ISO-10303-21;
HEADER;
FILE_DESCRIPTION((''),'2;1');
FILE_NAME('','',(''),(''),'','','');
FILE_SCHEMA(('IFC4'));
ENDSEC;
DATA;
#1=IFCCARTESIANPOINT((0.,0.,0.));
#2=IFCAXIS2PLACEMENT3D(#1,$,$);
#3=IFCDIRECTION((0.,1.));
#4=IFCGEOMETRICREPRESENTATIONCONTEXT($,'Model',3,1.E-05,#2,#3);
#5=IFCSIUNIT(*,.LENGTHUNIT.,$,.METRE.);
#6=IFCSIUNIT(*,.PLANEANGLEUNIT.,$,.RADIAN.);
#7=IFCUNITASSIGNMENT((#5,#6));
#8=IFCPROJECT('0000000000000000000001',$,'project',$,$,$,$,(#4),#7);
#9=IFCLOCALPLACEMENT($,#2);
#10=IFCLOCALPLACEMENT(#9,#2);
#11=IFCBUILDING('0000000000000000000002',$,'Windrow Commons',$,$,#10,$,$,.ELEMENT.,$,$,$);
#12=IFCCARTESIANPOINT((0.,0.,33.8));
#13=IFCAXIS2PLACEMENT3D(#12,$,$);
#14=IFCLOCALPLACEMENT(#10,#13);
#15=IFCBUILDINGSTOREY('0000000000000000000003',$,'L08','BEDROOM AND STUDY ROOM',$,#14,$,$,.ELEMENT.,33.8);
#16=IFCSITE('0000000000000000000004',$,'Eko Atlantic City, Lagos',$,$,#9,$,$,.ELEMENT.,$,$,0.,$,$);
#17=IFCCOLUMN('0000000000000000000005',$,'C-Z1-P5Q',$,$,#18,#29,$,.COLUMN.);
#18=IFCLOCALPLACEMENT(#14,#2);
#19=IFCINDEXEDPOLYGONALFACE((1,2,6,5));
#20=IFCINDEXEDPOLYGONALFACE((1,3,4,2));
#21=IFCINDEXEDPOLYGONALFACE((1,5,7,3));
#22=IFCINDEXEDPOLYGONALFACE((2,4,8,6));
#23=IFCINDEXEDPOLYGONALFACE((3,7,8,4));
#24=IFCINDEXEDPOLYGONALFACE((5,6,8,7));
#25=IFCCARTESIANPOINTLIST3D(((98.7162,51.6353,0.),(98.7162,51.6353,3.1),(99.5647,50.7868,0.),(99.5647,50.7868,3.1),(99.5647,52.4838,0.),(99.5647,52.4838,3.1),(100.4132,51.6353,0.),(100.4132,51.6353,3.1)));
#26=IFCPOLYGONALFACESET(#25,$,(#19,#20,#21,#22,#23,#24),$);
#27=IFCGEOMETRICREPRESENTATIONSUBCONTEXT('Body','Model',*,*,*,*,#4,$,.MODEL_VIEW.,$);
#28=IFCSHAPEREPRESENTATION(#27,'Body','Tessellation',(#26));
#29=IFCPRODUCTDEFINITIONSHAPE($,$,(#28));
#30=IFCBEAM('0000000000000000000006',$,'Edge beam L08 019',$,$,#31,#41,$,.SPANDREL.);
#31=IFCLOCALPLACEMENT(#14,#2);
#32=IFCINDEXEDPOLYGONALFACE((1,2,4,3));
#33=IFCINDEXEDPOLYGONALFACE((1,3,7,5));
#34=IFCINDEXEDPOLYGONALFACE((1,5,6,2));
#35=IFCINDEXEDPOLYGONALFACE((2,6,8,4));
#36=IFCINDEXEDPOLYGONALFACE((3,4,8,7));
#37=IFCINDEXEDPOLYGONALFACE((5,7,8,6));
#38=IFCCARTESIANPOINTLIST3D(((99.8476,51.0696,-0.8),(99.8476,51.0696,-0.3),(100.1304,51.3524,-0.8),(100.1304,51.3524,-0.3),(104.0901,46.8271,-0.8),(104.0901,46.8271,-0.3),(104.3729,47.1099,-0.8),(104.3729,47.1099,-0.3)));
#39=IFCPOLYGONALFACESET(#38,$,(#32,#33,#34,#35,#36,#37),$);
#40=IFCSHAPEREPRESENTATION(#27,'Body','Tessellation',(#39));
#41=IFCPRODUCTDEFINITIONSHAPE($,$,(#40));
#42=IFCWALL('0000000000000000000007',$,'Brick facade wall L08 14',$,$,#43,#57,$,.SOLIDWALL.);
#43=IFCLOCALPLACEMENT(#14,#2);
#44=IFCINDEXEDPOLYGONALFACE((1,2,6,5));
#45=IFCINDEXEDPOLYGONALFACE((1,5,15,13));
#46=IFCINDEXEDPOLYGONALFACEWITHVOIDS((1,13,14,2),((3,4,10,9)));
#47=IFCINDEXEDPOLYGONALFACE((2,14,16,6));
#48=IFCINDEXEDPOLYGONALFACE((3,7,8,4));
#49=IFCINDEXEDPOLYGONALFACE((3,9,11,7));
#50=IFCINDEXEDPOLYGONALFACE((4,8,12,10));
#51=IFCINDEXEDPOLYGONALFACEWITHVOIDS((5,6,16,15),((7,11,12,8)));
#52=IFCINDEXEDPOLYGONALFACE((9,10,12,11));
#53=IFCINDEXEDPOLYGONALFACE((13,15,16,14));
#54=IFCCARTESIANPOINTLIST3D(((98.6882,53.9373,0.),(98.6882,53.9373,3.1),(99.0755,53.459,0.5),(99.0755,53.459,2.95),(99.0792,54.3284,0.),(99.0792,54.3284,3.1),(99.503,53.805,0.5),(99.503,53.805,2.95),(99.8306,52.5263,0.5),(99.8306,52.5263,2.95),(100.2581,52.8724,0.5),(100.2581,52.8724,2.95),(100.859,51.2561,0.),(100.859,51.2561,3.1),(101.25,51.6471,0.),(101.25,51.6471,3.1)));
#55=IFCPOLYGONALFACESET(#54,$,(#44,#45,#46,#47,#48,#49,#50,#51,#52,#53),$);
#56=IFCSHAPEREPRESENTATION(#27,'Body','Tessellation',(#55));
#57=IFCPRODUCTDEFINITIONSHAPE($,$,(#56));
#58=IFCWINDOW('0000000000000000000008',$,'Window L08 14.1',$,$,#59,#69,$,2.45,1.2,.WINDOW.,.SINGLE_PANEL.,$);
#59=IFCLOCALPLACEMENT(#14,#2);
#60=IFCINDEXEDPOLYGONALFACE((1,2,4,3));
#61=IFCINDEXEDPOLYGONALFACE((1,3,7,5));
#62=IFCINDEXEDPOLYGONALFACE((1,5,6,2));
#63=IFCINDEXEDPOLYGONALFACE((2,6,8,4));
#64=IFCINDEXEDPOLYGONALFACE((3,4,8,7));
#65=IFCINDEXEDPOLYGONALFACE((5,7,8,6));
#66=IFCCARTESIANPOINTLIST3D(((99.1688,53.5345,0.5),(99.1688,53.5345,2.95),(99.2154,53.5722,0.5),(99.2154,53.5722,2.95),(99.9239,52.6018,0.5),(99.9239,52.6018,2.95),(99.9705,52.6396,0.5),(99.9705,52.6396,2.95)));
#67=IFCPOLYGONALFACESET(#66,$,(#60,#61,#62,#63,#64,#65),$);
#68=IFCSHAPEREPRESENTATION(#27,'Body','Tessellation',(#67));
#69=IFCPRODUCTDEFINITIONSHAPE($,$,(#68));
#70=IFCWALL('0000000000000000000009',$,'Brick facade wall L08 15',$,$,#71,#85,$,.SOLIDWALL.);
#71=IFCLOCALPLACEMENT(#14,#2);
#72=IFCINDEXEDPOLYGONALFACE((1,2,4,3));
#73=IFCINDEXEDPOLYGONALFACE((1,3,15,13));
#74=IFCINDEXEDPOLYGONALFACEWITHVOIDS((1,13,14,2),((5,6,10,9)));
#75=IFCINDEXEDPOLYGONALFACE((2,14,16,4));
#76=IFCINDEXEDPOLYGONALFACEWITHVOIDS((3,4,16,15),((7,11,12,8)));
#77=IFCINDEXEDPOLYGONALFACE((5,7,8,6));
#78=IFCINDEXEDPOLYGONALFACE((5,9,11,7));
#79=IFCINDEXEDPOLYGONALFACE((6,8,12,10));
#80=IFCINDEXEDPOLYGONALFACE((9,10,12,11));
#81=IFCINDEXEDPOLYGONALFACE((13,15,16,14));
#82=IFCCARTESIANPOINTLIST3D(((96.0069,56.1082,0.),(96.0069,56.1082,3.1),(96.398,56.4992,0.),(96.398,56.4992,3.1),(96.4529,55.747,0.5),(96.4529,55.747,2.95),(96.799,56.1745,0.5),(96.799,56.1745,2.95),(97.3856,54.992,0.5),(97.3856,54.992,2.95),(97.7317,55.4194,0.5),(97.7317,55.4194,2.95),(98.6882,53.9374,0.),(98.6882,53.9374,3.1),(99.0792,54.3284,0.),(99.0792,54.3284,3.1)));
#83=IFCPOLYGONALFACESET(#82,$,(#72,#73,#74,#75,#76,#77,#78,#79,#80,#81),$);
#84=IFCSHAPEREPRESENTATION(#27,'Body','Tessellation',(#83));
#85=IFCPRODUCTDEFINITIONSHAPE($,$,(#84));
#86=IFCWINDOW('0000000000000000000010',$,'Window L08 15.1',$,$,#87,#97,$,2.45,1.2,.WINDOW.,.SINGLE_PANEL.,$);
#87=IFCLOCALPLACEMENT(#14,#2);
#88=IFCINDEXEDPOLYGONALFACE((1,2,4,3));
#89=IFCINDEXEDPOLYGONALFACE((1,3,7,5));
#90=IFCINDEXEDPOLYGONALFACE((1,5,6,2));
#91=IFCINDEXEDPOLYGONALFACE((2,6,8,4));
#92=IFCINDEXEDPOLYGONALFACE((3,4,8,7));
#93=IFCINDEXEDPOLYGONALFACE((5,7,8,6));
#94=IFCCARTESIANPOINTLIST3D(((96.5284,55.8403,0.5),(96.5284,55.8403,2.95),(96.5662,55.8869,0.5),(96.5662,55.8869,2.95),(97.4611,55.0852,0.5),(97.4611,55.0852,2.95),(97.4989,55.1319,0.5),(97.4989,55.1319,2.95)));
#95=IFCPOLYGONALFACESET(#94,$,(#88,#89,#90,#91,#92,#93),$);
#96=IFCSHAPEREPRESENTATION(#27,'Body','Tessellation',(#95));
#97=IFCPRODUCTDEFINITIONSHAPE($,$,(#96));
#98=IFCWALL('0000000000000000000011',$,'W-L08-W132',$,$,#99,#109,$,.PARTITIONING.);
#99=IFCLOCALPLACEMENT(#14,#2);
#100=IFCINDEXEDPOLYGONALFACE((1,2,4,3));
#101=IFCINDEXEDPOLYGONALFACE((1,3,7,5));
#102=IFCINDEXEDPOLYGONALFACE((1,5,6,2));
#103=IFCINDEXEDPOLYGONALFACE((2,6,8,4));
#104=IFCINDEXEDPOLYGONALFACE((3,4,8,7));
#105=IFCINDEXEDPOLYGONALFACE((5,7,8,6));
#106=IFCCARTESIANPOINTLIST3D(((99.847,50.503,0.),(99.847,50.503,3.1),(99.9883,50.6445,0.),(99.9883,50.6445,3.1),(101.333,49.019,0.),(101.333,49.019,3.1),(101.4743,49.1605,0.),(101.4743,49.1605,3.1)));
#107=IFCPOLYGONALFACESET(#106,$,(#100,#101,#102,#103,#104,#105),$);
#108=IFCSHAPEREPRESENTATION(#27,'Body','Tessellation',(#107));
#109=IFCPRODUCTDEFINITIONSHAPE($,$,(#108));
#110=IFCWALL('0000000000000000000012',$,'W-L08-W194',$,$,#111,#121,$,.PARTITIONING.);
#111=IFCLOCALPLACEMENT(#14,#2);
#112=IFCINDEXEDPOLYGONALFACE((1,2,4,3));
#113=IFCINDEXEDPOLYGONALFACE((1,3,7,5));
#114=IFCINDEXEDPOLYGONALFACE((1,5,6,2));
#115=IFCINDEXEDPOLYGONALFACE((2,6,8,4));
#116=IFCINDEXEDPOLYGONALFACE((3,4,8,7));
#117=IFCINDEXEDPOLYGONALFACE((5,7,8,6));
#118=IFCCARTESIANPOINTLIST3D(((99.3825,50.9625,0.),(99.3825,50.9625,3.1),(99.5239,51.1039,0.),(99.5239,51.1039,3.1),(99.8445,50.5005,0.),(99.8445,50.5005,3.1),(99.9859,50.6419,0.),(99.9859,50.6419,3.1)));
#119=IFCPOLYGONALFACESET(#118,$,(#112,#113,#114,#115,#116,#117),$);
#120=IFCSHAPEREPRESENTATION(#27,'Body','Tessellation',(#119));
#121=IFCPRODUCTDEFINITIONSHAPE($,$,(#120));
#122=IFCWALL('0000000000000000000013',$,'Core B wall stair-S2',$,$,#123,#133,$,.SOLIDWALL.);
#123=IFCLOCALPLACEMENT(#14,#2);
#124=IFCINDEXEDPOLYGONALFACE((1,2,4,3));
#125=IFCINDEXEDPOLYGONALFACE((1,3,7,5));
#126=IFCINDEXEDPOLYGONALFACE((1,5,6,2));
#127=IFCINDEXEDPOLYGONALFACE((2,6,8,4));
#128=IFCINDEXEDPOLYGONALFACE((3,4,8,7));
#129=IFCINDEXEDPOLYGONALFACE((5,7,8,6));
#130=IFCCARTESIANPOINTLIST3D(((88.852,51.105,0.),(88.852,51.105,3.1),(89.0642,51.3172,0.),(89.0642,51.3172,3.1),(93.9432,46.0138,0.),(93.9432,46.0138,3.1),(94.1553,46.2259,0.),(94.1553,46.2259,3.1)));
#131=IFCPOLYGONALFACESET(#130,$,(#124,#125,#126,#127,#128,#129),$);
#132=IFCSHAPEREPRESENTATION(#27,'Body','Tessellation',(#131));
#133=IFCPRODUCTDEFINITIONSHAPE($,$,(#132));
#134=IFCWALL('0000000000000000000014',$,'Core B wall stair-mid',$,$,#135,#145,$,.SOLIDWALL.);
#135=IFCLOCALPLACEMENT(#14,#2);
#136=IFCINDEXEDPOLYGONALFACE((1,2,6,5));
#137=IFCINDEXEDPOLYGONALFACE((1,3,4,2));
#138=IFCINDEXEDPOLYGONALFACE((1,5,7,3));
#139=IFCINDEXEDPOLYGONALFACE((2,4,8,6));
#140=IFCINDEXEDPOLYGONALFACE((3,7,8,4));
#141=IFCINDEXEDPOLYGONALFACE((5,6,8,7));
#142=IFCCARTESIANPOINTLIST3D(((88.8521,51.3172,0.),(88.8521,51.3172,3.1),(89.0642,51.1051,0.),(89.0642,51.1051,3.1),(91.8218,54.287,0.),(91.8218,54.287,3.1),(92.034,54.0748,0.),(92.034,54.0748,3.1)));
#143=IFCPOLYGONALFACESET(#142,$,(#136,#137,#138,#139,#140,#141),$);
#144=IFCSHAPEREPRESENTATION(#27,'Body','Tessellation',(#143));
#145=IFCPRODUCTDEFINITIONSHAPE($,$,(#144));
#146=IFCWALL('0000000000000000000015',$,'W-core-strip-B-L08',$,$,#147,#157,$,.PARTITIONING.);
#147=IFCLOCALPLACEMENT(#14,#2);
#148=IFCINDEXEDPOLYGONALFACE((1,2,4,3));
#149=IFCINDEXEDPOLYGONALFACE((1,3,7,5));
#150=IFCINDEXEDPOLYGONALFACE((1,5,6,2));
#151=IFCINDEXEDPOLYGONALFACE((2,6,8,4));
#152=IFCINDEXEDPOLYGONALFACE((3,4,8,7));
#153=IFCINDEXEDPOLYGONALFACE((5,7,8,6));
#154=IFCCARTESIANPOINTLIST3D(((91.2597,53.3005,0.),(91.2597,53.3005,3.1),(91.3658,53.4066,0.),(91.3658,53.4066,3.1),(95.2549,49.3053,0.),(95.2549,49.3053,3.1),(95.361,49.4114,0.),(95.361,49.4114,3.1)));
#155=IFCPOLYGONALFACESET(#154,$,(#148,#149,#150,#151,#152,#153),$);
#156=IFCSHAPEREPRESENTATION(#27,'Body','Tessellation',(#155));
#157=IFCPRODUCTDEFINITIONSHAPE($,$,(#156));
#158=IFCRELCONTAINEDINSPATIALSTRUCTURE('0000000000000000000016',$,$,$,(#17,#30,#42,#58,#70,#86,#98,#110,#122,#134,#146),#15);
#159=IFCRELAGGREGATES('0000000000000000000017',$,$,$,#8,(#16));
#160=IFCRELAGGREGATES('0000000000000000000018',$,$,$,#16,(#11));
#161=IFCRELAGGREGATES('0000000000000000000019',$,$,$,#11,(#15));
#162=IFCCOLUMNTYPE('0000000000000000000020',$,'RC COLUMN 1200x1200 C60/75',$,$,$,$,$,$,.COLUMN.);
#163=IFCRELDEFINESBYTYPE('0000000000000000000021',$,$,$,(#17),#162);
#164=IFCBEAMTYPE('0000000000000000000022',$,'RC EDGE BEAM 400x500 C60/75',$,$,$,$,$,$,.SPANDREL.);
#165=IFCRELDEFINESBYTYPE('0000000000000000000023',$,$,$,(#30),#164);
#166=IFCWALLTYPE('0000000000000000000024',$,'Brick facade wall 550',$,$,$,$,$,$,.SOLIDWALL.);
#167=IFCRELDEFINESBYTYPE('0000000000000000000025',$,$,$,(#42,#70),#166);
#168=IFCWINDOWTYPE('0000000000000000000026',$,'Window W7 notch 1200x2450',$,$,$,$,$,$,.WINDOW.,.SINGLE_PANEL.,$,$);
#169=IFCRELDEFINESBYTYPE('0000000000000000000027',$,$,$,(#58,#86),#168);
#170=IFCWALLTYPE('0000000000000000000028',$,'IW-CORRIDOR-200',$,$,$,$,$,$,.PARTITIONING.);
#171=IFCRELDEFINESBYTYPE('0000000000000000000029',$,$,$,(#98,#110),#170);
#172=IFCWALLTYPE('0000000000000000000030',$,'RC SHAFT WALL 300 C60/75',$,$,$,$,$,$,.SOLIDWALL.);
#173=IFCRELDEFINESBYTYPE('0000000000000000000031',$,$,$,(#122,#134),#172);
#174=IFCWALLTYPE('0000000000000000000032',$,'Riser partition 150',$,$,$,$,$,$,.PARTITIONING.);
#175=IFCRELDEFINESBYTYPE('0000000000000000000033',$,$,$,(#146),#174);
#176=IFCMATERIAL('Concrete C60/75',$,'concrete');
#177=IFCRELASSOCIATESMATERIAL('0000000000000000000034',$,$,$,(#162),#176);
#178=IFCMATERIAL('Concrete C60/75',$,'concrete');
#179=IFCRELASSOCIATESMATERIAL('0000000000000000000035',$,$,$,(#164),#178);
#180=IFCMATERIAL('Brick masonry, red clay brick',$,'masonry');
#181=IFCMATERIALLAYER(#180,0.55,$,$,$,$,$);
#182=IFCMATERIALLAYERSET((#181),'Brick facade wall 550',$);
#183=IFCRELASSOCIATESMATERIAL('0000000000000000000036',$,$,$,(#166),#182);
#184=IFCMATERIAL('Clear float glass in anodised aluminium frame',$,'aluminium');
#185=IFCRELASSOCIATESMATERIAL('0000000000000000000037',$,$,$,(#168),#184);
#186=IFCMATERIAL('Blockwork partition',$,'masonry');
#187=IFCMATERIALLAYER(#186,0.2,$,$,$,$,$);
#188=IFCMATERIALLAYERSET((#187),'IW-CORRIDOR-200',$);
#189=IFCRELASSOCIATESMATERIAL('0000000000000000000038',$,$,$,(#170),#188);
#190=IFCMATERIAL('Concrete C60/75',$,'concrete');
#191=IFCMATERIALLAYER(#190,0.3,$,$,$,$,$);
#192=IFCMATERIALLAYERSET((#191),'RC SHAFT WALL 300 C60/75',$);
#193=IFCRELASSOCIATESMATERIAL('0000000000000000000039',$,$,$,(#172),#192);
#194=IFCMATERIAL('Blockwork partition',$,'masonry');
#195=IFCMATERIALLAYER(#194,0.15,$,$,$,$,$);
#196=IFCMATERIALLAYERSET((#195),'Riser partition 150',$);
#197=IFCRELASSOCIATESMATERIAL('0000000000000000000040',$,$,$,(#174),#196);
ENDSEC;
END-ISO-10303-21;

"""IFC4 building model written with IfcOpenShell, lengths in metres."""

from ifc_helpers import new_model, si_unit, direction, frame, frame_2d, origin, origin_2d, place, context, subcontext, project, spatial, polyline, rectangle, outline, extrude, material, layer, layer_set, material_profile, profile_set, type_object, element, fill, save


model = new_model("IFC4")

# Units and contexts
model_context = context("Model", 3, precision=1e-05, world=origin(), true_north=direction((0.0, 1.0)))
body_context = subcontext(model_context, "Body", "Model", "MODEL_VIEW")
ifc_project = project(units=[si_unit("LENGTHUNIT", "METRE"), si_unit("PLANEANGLEUNIT", "RADIAN")], contexts=[model_context])

# Site, building, storey
site_placement = place(None, origin())
site = spatial("IfcSite", under=ifc_project, at=site_placement, Name="Eko Atlantic City, Lagos", CompositionType="ELEMENT", RefElevation=0.0)
building_placement = place(site_placement, origin())
building = spatial("IfcBuilding", under=site, at=building_placement, Name="Windrow Commons", CompositionType="ELEMENT")
storey_placement = place(building_placement, frame((0.0, 0.0, 33.8)))
storey = spatial("IfcBuildingStorey", under=building, at=storey_placement, Name="L08", Description="BEDROOM AND STUDY ROOM", CompositionType="ELEMENT", Elevation=33.8)

# Column
ifc_material_1 = material(Name="Concrete C60/75", Category="concrete")
ifc_material_profile_1 = material_profile(ifc_material_1, rectangle(XDim=1.2, YDim=1.2, at=origin_2d()))
ifc_profile_set_1 = profile_set([ifc_material_profile_1], Name="Concrete C60/75")
column_type = type_object("IfcColumnType", Name="RC COLUMN 1200x1200 C60/75", PredefinedType="COLUMN", material=ifc_profile_set_1)
column_placement = place(storey_placement, frame((99.5647, 51.6353, 0.0), z_axis=(0.0, 0.0, 1.0), x_axis=(0.707107, -0.707107, 0.0)))
element("IfcColumn", 1, at=column_placement, inside=storey, type_object=column_type, Name="C-Z1-P5Q", PredefinedType="COLUMN", context=body_context, shape_type="SweptSolid", body=[
    extrude(rectangle(XDim=1.2, YDim=1.2, at=origin_2d()), origin(), (0.0, 0.0, 1.0), 3.1),
])

# Beam
ifc_material_2 = material(Name="Concrete C60/75", Category="concrete")
ifc_material_profile_2 = material_profile(ifc_material_2, rectangle(XDim=0.4, YDim=0.5, at=origin_2d()))
ifc_profile_set_2 = profile_set([ifc_material_profile_2], Name="Concrete C60/75")
beam_type = type_object("IfcBeamType", Name="RC EDGE BEAM 400x500 C60/75", PredefinedType="SPANDREL", material=ifc_profile_set_2)
beam_placement = place(storey_placement, frame((99.989, 51.211, -0.55), z_axis=(0.707107, -0.707107, 0.0), x_axis=(0.707107, 0.707107, 0.0)))
element("IfcBeam", 2, at=beam_placement, inside=storey, type_object=beam_type, Name="Edge beam L08 019", PredefinedType="SPANDREL", context=body_context, shape_type="SweptSolid", body=[
    extrude(rectangle(XDim=0.4, YDim=0.5, at=origin_2d()), origin(), (0.0, 0.0, 1.0), 5.9998),
])

# Walls, openings, windows
ifc_material_3 = material(Name="Brick masonry, red clay brick", Category="masonry")
ifc_layer_1 = layer(ifc_material_3, 0.55)
ifc_layer_set_1 = layer_set([ifc_layer_1], Name="Brick facade wall 550")
wall_type_1 = type_object("IfcWallType", Name="Brick facade wall 550", PredefinedType="SOLIDWALL", material=ifc_layer_set_1)
wall_1_placement = place(storey_placement, frame((101.0545, 51.4516, 0.0), z_axis=(0.0, 0.0, 1.0), x_axis=(-0.629237, 0.777213, 0.0)))
wall_1 = element("IfcWall", 3, at=wall_1_placement, inside=storey, type_object=wall_type_1, Name="Brick facade wall L08 14", PredefinedType="SOLIDWALL", context=body_context, shape_type="SweptSolid", body=[
    extrude(outline(polyline([(0.0289, -0.275), (3.4788, -0.275), (3.4209, 0.275), (-0.0289, 0.275), (0.0289, -0.275)])), origin(), (0.0, 0.0, 1.0), 3.1),
])
opening_1_placement = place(wall_1_placement, frame((1.6054, 0.0, 0.5)))
opening_1 = element("IfcOpeningElement", 4, at=opening_1_placement, cuts=wall_1, PredefinedType="OPENING", context=body_context, shape_type="SweptSolid", body=[
    extrude(rectangle(XDim=1.2, YDim=2.45, at=frame_2d((0.6, 1.225))), frame((0.0, 0.285, 0.0), z_axis=(0.0, -1.0, 0.0), x_axis=(1.0, 0.0, 0.0)), (0.0, 0.0, 1.0), 0.57),
])
ifc_material_4 = material(Name="Clear float glass in anodised aluminium frame", Category="aluminium")
window_type = type_object("IfcWindowType", Name="Window W7 notch 1200x2450", PartitioningType="SINGLE_PANEL", PredefinedType="WINDOW", material=ifc_material_4)
window_1_placement = place(opening_1_placement, origin())
window_1 = element("IfcWindow", 5, at=window_1_placement, inside=storey, type_object=window_type, Name="Window L08 14.1", OverallHeight=2.45, OverallWidth=1.2, PartitioningType="SINGLE_PANEL", PredefinedType="WINDOW", context=body_context, shape_type="SweptSolid", body=[
    extrude(rectangle(XDim=1.2, YDim=2.45, at=frame_2d((0.6, 1.225))), frame((0.0, 0.155, 0.0), z_axis=(0.0, -1.0, 0.0), x_axis=(1.0, 0.0, 0.0)), (0.0, 0.0, 1.0), 0.06),
])
fill(opening_1, window_1)
wall_2_placement = place(storey_placement, frame((98.8837, 54.1329, 0.0), z_axis=(0.0, 0.0, 1.0), x_axis=(-0.777213, 0.629237, 0.0)))
wall_2 = element("IfcWall", 6, at=wall_2_placement, inside=storey, type_object=wall_type_1, Name="Brick facade wall L08 15", PredefinedType="SOLIDWALL", context=body_context, shape_type="SweptSolid", body=[
    extrude(outline(polyline([(-0.0289, -0.275), (3.4209, -0.275), (3.4788, 0.275), (0.0289, 0.275), (-0.0289, -0.275)])), origin(), (0.0, 0.0, 1.0), 3.1),
])
opening_2_placement = place(wall_2_placement, frame((1.7049, 0.0, 0.5)))
opening_2 = element("IfcOpeningElement", 7, at=opening_2_placement, cuts=wall_2, PredefinedType="OPENING", context=body_context, shape_type="SweptSolid", body=[
    extrude(rectangle(XDim=1.2, YDim=2.45, at=frame_2d((0.6, 1.225))), frame((0.0, 0.285, 0.0), z_axis=(0.0, -1.0, 0.0), x_axis=(1.0, 0.0, 0.0)), (0.0, 0.0, 1.0), 0.57),
])
window_2_placement = place(opening_2_placement, origin())
window_2 = element("IfcWindow", 8, at=window_2_placement, inside=storey, type_object=window_type, Name="Window L08 15.1", OverallHeight=2.45, OverallWidth=1.2, PartitioningType="SINGLE_PANEL", PredefinedType="WINDOW", context=body_context, shape_type="SweptSolid", body=[
    extrude(rectangle(XDim=1.2, YDim=2.45, at=frame_2d((0.6, 1.225))), frame((0.0, 0.155, 0.0), z_axis=(0.0, -1.0, 0.0), x_axis=(1.0, 0.0, 0.0)), (0.0, 0.0, 1.0), 0.06),
])
fill(opening_2, window_2)

# Walls
ifc_material_5 = material(Name="Blockwork partition", Category="masonry")
ifc_layer_2 = layer(ifc_material_5, 0.2)
ifc_layer_set_2 = layer_set([ifc_layer_2], Name="IW-CORRIDOR-200")
wall_type_2 = type_object("IfcWallType", Name="IW-CORRIDOR-200", PredefinedType="PARTITIONING", material=ifc_layer_set_2)
wall_3_placement = place(storey_placement, frame((99.9177, 50.5737, 0.0), z_axis=(0.0, 0.0, 1.0), x_axis=(0.707583, -0.70663, 0.0)))
element("IfcWall", 9, at=wall_3_placement, inside=storey, type_object=wall_type_2, Name="W-L08-W132", PredefinedType="PARTITIONING", context=body_context, shape_type="SweptSolid", body=[
    extrude(rectangle(XDim=2.1001, YDim=0.2, at=frame_2d((1.05, 0.0))), origin(), (0.0, 0.0, 1.0), 3.1),
])
wall_4_placement = place(storey_placement, frame((99.4532, 51.0332, 0.0), z_axis=(0.0, 0.0, 1.0), x_axis=(0.707107, -0.707107, 0.0)))
element("IfcWall", 10, at=wall_4_placement, inside=storey, type_object=wall_type_2, Name="W-L08-W194", PredefinedType="PARTITIONING", context=body_context, shape_type="SweptSolid", body=[
    extrude(rectangle(XDim=0.6534, YDim=0.2, at=frame_2d((0.3267, 0.0))), origin(), (0.0, 0.0, 1.0), 3.1),
])
ifc_material_6 = material(Name="Concrete C60/75", Category="concrete")
ifc_layer_3 = layer(ifc_material_6, 0.3)
ifc_layer_set_3 = layer_set([ifc_layer_3], Name="RC SHAFT WALL 300 C60/75")
wall_type_3 = type_object("IfcWallType", Name="RC SHAFT WALL 300 C60/75", PredefinedType="SOLIDWALL", material=ifc_layer_set_3)
wall_5_placement = place(storey_placement, frame((88.9581, 51.2111, 0.0), z_axis=(0.0, 0.0, 1.0), x_axis=(0.7071, -0.707114, 0.0)))
element("IfcWall", 11, at=wall_5_placement, inside=storey, type_object=wall_type_3, Name="Core B wall stair-S2", PredefinedType="SOLIDWALL", context=body_context, shape_type="SweptSolid", body=[
    extrude(rectangle(XDim=7.2, YDim=0.3, at=frame_2d((3.6, 0.0))), origin(), (0.0, 0.0, 1.0), 3.1),
])
wall_6_placement = place(storey_placement, frame((88.9581, 51.2111, 0.0), z_axis=(0.0, 0.0, 1.0), x_axis=(0.707107, 0.707107, 0.0)))
element("IfcWall", 12, at=wall_6_placement, inside=storey, type_object=wall_type_3, Name="Core B wall stair-mid", PredefinedType="SOLIDWALL", context=body_context, shape_type="SweptSolid", body=[
    extrude(rectangle(XDim=4.1999, YDim=0.3, at=frame_2d((2.1, 0.0))), origin(), (0.0, 0.0, 1.0), 3.1),
])
ifc_material_7 = material(Name="Blockwork partition", Category="masonry")
ifc_layer_4 = layer(ifc_material_7, 0.15)
ifc_layer_set_4 = layer_set([ifc_layer_4], Name="Riser partition 150")
wall_type_4 = type_object("IfcWallType", Name="Riser partition 150", PredefinedType="PARTITIONING", material=ifc_layer_set_4)
wall_7_placement = place(storey_placement, frame((91.3127, 53.3536, 0.0), z_axis=(0.0, 0.0, 1.0), x_axis=(0.707107, -0.707107, 0.0)))
element("IfcWall", 13, at=wall_7_placement, inside=storey, type_object=wall_type_4, Name="W-core-strip-B-L08", PredefinedType="PARTITIONING", context=body_context, shape_type="SweptSolid", body=[
    extrude(rectangle(XDim=5.6501, YDim=0.15, at=frame_2d((2.8251, 0.0))), origin(), (0.0, 0.0, 1.0), 3.1),
])

save(model, "model.ifc")
